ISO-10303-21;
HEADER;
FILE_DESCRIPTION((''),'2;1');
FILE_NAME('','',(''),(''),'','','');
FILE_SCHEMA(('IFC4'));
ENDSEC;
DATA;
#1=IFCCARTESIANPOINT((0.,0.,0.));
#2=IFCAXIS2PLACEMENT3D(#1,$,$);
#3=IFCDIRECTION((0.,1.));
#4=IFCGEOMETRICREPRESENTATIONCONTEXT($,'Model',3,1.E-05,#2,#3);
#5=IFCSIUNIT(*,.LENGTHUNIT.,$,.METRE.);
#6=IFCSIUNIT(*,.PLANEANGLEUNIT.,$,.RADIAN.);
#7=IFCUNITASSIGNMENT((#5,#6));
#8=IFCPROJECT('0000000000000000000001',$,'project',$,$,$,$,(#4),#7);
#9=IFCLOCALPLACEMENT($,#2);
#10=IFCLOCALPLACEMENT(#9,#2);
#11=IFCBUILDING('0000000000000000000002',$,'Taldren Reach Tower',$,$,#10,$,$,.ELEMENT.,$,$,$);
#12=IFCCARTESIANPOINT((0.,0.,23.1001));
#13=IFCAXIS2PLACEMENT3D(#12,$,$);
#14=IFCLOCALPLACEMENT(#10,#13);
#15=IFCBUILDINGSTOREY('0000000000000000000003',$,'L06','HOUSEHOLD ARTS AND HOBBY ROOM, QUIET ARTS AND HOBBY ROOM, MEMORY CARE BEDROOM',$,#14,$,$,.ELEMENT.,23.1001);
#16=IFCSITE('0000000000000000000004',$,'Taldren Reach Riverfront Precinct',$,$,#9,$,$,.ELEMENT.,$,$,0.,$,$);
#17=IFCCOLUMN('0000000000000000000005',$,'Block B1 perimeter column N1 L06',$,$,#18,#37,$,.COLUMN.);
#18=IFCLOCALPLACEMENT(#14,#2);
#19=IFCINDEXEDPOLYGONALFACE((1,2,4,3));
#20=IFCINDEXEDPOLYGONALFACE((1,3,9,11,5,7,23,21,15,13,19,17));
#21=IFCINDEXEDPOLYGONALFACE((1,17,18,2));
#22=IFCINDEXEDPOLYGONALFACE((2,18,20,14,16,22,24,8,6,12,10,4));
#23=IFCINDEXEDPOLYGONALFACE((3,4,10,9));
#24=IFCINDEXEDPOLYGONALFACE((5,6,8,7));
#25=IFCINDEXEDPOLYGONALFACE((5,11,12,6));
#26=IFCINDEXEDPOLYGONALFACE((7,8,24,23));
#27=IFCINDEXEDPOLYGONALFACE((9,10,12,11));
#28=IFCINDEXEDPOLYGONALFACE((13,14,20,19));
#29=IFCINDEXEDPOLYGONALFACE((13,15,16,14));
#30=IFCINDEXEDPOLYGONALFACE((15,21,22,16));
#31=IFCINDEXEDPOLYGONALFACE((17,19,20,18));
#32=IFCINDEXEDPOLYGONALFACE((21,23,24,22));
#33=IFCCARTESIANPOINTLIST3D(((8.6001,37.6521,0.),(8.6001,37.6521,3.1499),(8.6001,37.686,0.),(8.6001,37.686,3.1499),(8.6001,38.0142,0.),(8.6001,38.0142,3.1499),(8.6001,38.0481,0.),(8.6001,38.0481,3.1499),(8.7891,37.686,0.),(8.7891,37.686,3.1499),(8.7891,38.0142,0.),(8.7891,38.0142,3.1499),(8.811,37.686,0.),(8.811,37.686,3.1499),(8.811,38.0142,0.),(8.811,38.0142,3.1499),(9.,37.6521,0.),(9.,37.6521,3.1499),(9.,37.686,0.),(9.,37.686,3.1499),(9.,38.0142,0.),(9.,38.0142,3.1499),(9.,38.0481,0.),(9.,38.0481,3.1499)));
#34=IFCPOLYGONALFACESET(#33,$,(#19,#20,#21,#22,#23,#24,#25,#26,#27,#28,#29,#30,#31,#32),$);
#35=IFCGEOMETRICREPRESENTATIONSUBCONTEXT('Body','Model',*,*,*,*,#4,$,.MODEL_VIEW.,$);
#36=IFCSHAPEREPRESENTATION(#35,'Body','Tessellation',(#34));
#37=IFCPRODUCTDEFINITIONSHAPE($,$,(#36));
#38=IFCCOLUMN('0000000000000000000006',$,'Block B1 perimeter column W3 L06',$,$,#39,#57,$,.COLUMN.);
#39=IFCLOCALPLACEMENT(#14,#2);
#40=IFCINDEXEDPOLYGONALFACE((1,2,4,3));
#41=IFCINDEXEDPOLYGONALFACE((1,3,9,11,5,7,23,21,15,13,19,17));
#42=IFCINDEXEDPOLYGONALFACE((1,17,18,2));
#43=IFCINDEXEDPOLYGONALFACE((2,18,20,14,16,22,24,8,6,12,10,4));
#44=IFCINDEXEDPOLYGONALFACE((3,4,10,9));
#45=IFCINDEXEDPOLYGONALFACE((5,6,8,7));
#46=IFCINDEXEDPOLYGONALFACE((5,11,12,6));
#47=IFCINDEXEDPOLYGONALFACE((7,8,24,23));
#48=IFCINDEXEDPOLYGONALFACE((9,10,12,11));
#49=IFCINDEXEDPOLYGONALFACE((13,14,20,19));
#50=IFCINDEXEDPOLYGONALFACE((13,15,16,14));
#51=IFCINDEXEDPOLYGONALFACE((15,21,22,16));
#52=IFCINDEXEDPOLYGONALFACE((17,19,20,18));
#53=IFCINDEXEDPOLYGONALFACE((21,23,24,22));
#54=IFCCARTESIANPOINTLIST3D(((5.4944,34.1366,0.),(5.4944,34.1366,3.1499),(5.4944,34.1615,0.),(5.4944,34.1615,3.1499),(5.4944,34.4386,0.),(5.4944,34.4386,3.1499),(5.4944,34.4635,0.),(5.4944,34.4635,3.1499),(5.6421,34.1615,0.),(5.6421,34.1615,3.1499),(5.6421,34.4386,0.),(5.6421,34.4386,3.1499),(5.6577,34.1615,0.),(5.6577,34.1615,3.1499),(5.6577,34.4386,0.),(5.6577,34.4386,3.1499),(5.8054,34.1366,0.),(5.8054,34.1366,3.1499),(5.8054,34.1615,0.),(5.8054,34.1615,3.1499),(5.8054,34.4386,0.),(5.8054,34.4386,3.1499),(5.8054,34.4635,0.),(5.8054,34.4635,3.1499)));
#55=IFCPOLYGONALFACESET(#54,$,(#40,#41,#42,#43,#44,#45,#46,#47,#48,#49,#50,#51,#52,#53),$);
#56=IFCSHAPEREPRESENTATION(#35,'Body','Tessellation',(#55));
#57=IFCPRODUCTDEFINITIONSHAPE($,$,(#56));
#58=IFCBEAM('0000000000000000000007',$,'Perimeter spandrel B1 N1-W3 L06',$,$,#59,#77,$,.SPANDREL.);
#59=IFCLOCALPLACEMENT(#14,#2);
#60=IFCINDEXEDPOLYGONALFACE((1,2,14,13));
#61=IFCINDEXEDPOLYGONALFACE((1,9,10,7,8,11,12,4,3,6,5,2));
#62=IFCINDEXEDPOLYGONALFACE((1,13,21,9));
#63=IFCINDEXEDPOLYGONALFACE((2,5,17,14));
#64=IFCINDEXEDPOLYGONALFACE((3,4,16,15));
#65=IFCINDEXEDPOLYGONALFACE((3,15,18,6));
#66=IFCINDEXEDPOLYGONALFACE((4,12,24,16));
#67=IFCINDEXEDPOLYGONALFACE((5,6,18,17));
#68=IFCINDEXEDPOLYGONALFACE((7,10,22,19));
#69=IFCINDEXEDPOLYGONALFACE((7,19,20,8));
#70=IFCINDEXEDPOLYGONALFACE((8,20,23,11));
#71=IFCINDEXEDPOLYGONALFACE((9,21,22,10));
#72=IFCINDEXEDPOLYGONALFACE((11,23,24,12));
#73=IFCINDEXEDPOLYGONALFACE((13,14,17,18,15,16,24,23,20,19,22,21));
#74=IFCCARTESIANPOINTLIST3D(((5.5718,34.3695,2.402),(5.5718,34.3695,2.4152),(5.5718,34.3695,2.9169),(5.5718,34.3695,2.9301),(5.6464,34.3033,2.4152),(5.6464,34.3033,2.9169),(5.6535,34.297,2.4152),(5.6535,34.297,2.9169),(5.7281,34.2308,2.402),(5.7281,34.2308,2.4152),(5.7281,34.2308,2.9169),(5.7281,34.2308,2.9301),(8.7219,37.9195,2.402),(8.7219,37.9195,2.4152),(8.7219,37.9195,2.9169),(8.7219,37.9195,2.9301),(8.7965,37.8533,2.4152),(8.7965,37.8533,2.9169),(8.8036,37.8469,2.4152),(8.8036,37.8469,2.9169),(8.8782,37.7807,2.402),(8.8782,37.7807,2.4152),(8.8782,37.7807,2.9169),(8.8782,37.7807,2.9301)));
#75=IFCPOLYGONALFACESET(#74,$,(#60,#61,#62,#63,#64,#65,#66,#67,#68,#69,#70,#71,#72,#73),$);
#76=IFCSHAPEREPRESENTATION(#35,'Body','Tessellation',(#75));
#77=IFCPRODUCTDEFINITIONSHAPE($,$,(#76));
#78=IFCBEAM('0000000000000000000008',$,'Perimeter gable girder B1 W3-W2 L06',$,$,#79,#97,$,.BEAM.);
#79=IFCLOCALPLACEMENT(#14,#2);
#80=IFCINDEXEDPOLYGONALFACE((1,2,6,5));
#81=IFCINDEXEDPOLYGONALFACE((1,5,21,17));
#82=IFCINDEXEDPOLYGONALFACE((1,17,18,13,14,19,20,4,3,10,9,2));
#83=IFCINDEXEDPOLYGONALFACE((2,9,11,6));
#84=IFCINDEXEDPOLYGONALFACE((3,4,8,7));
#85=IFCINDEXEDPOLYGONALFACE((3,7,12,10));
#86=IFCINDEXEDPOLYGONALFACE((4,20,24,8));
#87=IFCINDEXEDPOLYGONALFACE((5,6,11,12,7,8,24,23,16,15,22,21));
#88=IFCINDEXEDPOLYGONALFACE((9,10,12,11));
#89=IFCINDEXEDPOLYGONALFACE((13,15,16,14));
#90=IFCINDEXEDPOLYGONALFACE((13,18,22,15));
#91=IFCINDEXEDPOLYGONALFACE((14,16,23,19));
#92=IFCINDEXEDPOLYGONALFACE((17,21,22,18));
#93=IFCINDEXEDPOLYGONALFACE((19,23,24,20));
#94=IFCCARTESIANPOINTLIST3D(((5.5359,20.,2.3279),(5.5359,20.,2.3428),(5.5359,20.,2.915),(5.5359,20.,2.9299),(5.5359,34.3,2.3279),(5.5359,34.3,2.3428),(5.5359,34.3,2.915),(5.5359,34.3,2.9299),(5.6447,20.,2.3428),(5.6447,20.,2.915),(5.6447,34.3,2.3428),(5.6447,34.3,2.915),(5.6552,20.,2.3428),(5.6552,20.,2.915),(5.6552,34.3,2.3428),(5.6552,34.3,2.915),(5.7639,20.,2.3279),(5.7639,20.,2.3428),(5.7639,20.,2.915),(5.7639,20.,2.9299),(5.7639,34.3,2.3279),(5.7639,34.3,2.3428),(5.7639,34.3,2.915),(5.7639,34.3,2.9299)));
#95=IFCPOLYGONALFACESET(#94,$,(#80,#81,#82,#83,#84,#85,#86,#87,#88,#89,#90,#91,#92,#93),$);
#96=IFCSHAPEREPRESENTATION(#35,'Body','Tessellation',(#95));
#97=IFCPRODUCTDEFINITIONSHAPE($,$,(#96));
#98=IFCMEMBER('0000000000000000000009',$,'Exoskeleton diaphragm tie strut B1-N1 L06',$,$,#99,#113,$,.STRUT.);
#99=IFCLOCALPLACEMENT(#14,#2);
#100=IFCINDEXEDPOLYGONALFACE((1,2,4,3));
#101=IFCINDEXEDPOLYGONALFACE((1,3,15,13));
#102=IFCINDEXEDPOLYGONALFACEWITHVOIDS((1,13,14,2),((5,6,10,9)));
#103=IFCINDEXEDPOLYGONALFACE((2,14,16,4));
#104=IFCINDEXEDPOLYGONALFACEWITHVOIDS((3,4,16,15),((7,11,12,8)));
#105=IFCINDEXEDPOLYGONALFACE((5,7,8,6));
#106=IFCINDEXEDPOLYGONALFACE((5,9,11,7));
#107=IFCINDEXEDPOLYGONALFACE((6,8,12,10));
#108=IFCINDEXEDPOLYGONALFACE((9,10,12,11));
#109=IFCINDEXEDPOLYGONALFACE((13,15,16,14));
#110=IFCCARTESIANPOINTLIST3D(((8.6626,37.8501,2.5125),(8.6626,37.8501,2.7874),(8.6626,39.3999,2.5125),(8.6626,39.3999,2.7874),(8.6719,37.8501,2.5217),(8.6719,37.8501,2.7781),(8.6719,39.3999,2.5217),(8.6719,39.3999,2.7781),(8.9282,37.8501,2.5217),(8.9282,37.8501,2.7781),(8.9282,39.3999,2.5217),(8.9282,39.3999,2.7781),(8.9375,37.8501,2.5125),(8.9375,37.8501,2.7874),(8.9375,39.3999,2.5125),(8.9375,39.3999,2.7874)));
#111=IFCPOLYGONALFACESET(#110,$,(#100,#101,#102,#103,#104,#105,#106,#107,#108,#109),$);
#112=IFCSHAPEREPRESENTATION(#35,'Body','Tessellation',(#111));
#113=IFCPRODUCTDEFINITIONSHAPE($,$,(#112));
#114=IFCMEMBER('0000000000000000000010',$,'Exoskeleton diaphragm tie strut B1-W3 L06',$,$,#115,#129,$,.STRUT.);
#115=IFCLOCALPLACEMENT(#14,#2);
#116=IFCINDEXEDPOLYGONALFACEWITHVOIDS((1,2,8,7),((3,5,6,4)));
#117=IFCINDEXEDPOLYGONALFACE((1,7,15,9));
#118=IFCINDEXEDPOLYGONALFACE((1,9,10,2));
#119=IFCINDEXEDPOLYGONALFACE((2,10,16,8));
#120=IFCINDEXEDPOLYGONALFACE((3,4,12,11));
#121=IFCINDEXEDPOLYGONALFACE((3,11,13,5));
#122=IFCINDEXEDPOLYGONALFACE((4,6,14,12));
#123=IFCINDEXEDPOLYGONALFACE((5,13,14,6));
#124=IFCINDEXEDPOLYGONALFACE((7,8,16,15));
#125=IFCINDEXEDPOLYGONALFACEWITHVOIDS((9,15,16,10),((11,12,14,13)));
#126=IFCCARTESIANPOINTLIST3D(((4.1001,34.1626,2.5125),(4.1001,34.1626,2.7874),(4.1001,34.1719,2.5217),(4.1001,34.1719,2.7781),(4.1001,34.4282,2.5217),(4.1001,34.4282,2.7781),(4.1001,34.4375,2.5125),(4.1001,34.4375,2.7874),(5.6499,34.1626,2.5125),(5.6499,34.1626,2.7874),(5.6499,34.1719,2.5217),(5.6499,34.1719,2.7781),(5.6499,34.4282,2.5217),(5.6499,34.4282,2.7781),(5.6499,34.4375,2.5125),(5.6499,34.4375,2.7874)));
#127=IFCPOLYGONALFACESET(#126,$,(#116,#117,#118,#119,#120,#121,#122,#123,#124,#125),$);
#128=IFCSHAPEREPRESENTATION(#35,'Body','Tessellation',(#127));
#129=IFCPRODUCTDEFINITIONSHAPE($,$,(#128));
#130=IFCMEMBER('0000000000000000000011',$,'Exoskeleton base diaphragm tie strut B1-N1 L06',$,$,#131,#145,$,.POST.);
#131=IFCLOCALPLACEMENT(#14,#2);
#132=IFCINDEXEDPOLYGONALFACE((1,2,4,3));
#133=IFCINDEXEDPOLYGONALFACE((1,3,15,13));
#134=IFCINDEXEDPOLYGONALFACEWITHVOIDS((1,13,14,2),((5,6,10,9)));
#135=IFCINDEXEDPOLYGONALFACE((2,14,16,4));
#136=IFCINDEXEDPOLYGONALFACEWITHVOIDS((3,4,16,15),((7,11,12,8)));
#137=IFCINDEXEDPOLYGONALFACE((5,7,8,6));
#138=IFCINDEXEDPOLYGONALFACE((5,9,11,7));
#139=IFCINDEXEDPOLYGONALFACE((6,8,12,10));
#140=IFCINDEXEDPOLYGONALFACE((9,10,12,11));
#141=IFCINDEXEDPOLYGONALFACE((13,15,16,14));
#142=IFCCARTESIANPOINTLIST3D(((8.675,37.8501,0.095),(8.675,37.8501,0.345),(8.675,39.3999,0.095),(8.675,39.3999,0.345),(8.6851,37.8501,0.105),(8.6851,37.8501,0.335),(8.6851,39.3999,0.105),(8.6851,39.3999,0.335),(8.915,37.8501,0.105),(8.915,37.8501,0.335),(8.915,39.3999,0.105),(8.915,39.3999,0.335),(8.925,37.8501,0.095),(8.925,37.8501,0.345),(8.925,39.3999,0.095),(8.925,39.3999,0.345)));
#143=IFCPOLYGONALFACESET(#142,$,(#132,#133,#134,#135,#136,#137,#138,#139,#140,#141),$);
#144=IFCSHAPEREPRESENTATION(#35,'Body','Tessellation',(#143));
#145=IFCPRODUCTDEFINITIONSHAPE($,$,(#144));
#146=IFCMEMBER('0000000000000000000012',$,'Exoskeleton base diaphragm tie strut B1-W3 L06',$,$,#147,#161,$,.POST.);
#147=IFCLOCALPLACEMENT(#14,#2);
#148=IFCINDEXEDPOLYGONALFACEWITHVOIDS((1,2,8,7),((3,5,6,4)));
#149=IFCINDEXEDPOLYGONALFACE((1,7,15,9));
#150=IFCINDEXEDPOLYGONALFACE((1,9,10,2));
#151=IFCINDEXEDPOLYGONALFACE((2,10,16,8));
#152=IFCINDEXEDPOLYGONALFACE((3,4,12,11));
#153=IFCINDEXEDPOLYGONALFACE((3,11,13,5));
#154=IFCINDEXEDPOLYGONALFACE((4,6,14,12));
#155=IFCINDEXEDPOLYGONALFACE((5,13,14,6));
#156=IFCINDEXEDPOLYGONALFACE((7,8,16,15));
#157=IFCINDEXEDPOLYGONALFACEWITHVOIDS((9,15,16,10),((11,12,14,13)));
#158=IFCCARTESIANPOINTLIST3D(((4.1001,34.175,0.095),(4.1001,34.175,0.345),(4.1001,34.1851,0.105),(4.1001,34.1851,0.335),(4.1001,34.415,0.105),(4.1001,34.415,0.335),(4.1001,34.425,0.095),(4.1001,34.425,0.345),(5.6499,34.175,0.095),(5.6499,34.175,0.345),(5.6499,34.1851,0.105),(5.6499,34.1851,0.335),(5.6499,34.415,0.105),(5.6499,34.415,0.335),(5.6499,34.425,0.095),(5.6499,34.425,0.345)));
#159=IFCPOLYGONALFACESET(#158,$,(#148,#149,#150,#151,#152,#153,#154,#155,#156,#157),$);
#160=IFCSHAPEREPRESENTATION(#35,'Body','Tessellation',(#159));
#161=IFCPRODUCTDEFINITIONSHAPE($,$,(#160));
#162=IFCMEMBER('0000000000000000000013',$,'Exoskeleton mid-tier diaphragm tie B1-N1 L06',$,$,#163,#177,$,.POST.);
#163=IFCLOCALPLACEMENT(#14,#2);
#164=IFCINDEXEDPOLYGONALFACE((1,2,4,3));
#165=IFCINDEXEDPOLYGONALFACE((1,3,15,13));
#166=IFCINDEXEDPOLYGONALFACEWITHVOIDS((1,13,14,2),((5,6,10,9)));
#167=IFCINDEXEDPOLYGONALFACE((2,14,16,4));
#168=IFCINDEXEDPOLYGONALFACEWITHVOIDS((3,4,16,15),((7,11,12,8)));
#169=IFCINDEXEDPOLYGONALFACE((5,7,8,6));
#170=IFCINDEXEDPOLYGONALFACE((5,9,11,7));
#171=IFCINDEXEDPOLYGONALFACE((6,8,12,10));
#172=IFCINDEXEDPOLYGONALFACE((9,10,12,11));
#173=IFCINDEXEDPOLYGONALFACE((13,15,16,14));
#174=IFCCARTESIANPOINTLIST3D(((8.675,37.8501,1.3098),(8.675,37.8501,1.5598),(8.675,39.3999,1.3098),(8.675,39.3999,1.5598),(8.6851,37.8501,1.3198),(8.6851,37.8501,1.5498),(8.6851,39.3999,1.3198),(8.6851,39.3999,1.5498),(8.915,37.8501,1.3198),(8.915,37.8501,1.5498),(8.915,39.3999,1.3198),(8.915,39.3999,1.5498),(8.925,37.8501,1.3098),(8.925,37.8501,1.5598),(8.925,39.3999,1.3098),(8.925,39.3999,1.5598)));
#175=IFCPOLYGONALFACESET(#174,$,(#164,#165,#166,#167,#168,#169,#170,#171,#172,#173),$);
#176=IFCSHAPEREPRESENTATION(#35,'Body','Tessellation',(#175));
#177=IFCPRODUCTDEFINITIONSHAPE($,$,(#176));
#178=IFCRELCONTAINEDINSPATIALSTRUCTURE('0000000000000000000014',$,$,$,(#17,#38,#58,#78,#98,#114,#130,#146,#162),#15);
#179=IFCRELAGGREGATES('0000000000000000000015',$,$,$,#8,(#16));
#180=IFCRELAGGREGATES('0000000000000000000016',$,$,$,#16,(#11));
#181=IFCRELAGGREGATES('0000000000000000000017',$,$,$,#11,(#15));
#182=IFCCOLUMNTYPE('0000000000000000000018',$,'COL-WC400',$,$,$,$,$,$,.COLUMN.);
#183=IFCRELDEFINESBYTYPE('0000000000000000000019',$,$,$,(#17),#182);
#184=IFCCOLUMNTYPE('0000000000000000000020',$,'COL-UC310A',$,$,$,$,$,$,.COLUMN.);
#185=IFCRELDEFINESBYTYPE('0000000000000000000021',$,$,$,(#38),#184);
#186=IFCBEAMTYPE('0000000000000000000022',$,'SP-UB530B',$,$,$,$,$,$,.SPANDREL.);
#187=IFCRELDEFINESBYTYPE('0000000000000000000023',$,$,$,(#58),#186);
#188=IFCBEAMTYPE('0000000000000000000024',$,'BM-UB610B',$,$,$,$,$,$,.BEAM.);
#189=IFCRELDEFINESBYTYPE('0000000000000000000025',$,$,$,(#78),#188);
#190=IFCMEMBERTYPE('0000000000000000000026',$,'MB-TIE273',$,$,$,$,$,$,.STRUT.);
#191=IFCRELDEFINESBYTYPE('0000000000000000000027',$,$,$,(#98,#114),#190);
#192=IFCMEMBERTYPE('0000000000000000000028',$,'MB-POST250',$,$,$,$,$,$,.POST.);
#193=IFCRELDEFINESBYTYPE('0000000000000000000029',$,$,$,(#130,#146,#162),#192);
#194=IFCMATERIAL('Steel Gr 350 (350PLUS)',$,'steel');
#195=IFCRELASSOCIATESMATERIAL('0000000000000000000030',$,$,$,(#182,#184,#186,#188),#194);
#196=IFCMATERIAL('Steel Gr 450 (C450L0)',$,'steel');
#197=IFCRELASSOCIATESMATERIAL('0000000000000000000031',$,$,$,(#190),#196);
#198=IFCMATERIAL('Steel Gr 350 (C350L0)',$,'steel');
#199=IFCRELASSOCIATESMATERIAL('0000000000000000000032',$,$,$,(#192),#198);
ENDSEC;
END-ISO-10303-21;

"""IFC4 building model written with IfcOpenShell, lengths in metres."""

from ifc_helpers import new_model, si_unit, direction, frame, origin, origin_2d, place, context, subcontext, project, spatial, hollow_rectangle, i_section, extrude, source, transform, mapped, material, material_profile, profile_set, type_object, element, save


model = new_model("IFC4")

# Units and contexts
model_context = context("Model", 3, precision=1e-05, world=origin(), true_north=direction((0.0, 1.0)))
body_context = subcontext(model_context, "Body", "Model", "MODEL_VIEW")
ifc_project = project(units=[si_unit("LENGTHUNIT", "METRE"), si_unit("PLANEANGLEUNIT", "RADIAN")], contexts=[model_context])

# Site, building, storey
site_placement = place(None, origin())
site = spatial("IfcSite", under=ifc_project, at=site_placement, Name="Taldren Reach Riverfront Precinct", CompositionType="ELEMENT", RefElevation=0.0)
building_placement = place(site_placement, origin())
building = spatial("IfcBuilding", under=site, at=building_placement, Name="Taldren Reach Tower", CompositionType="ELEMENT")
storey_placement = place(building_placement, frame((0.0, 0.0, 23.1001)))
storey = spatial("IfcBuildingStorey", under=building, at=storey_placement, Name="L06", Description="HOUSEHOLD ARTS AND HOBBY ROOM, QUIET ARTS AND HOBBY ROOM, MEMORY CARE BEDROOM", CompositionType="ELEMENT", Elevation=23.1001)

# Columns
ifc_material_1 = material(Name="Steel Gr 350 (350PLUS)", Category="steel")
ifc_material_profile_1 = material_profile(ifc_material_1, i_section(OverallWidth=0.3999, OverallDepth=0.396, WebThickness=0.022, FlangeThickness=0.0339, at=origin_2d()), Name="400WC270")
ifc_profile_set_1 = profile_set([ifc_material_profile_1], Name="Steel Gr 350 (350PLUS)")
column_type_1 = type_object("IfcColumnType", Name="COL-WC400", PredefinedType="COLUMN", material=ifc_profile_set_1)
shared_shape_1 = source(origin(), body_context, "Body", "SweptSolid", [
    extrude(i_section(OverallWidth=0.3999, OverallDepth=0.396, WebThickness=0.022, FlangeThickness=0.0339, at=origin_2d()), origin(), (0.0, 0.0, 1.0), 3.1499),
])
column_1_placement = place(storey_placement, frame((8.8, 37.8501, 0.0), z_axis=(0.0, 0.0, 1.0), x_axis=(1.0, 0.0, 0.0)))
element("IfcColumn", 1, at=column_1_placement, inside=storey, type_object=column_type_1, Name="Block B1 perimeter column N1 L06", PredefinedType="COLUMN", context=body_context, shape_type="MappedRepresentation", body=[
    mapped(shared_shape_1, transform((0.0, 0.0, 0.0), scale=1.0)),
])
ifc_material_profile_2 = material_profile(ifc_material_1, i_section(OverallWidth=0.311, OverallDepth=0.3269, WebThickness=0.0156, FlangeThickness=0.0249, at=origin_2d()), Name="310UC158")
ifc_profile_set_2 = profile_set([ifc_material_profile_2], Name="Steel Gr 350 (350PLUS)")
column_type_2 = type_object("IfcColumnType", Name="COL-UC310A", PredefinedType="COLUMN", material=ifc_profile_set_2)
shared_shape_2 = source(origin(), body_context, "Body", "SweptSolid", [
    extrude(i_section(OverallWidth=0.311, OverallDepth=0.3269, WebThickness=0.0156, FlangeThickness=0.0249, at=origin_2d()), origin(), (0.0, 0.0, 1.0), 3.1499),
])
column_2_placement = place(storey_placement, frame((5.6499, 34.3, 0.0), z_axis=(0.0, 0.0, 1.0), x_axis=(1.0, 0.0, 0.0)))
element("IfcColumn", 2, at=column_2_placement, inside=storey, type_object=column_type_2, Name="Block B1 perimeter column W3 L06", PredefinedType="COLUMN", context=body_context, shape_type="MappedRepresentation", body=[
    mapped(shared_shape_2, transform((0.0, 0.0, 0.0), scale=1.0)),
])

# Beams
ifc_material_profile_3 = material_profile(ifc_material_1, i_section(OverallWidth=0.209, OverallDepth=0.5281, WebThickness=0.0095, FlangeThickness=0.0132, at=origin_2d()), Name="530UB82.0")
ifc_profile_set_3 = profile_set([ifc_material_profile_3], Name="Steel Gr 350 (350PLUS)")
beam_type_1 = type_object("IfcBeamType", Name="SP-UB530B", PredefinedType="SPANDREL", material=ifc_profile_set_3)
shared_shape_3 = source(origin(), body_context, "Body", "SweptSolid", [
    extrude(i_section(OverallWidth=0.209, OverallDepth=0.5281, WebThickness=0.0095, FlangeThickness=0.0132, at=origin_2d()), origin(), (0.0, 0.0, 1.0), 4.7461),
])
beam_1_placement = place(storey_placement, frame((8.8, 37.8501, 2.666), z_axis=(-0.663722, -0.747979, 0.0), x_axis=(0.747979, -0.663722, 0.0)))
element("IfcBeam", 3, at=beam_1_placement, inside=storey, type_object=beam_type_1, Name="Perimeter spandrel B1 N1-W3 L06", PredefinedType="SPANDREL", context=body_context, shape_type="MappedRepresentation", body=[
    mapped(shared_shape_3, transform((0.0, 0.0, 0.0), scale=1.0)),
])
ifc_material_profile_4 = material_profile(ifc_material_1, i_section(OverallWidth=0.228, OverallDepth=0.6021, WebThickness=0.0105, FlangeThickness=0.0149, at=origin_2d()), Name="610UB101")
ifc_profile_set_4 = profile_set([ifc_material_profile_4], Name="Steel Gr 350 (350PLUS)")
beam_type_2 = type_object("IfcBeamType", Name="BM-UB610B", PredefinedType="BEAM", material=ifc_profile_set_4)
shared_shape_4 = source(origin(), body_context, "Body", "SweptSolid", [
    extrude(i_section(OverallWidth=0.228, OverallDepth=0.6021, WebThickness=0.0105, FlangeThickness=0.0149, at=origin_2d()), origin(), (0.0, 0.0, 1.0), 14.3),
])
beam_2_placement = place(storey_placement, frame((5.6499, 34.3, 2.6289), z_axis=(0.0, -1.0, 0.0), x_axis=(1.0, 0.0, 0.0)))
element("IfcBeam", 4, at=beam_2_placement, inside=storey, type_object=beam_type_2, Name="Perimeter gable girder B1 W3-W2 L06", PredefinedType="BEAM", context=body_context, shape_type="MappedRepresentation", body=[
    mapped(shared_shape_4, transform((0.0, 0.0, 0.0), scale=1.0)),
])

# Members
ifc_material_2 = material(Name="Steel Gr 450 (C450L0)", Category="steel")
ifc_material_profile_5 = material_profile(ifc_material_2, hollow_rectangle(XDim=0.2749, YDim=0.2749, WallThickness=0.0093, at=origin_2d()), Name="275x275x9.3SHS")
ifc_profile_set_5 = profile_set([ifc_material_profile_5], Name="Steel Gr 450 (C450L0)")
member_type_1 = type_object("IfcMemberType", Name="MB-TIE273", PredefinedType="STRUT", material=ifc_profile_set_5)
shared_shape_5 = source(origin(), body_context, "Body", "SweptSolid", [
    extrude(hollow_rectangle(XDim=0.2749, YDim=0.2749, WallThickness=0.0093, at=origin_2d()), origin(), (0.0, 0.0, 1.0), 1.5498),
])
for number, where, z_axis, x_axis, name in (
    (5, (8.8, 37.8501, 2.6499), (0.0, 1.0, 0.0), (-1.0, 0.0, 0.0), "Exoskeleton diaphragm tie strut B1-N1 L06"),
    (6, (5.6499, 34.3, 2.6499), (-1.0, 0.0, 0.0), (0.0, -1.0, 0.0), "Exoskeleton diaphragm tie strut B1-W3 L06"),
):
    element("IfcMember", number, at=place(storey_placement, frame(where, z_axis=z_axis, x_axis=x_axis)), inside=storey, type_object=member_type_1, Name=name, PredefinedType="STRUT", context=body_context, shape_type="MappedRepresentation", body=[
        mapped(shared_shape_5, transform((0.0, 0.0, 0.0), scale=1.0)),
    ])
ifc_material_3 = material(Name="Steel Gr 350 (C350L0)", Category="steel")
ifc_material_profile_6 = material_profile(ifc_material_3, hollow_rectangle(XDim=0.25, YDim=0.25, WallThickness=0.01, at=origin_2d()), Name="250x250x10.0SHS")
ifc_profile_set_6 = profile_set([ifc_material_profile_6], Name="Steel Gr 350 (C350L0)")
member_type_2 = type_object("IfcMemberType", Name="MB-POST250", PredefinedType="POST", material=ifc_profile_set_6)
shared_shape_6 = source(origin(), body_context, "Body", "SweptSolid", [
    extrude(hollow_rectangle(XDim=0.25, YDim=0.25, WallThickness=0.01, at=origin_2d()), origin(), (0.0, 0.0, 1.0), 1.5498),
])
for number, where, z_axis, x_axis, name in (
    (7, (8.8, 37.8501, 0.22), (0.0, 1.0, 0.0), (-1.0, 0.0, 0.0), "Exoskeleton base diaphragm tie strut B1-N1 L06"),
    (8, (5.6499, 34.3, 0.22), (-1.0, 0.0, 0.0), (0.0, -1.0, 0.0), "Exoskeleton base diaphragm tie strut B1-W3 L06"),
    (9, (8.8, 37.8501, 1.4348), (0.0, 1.0, 0.0), (-1.0, 0.0, 0.0), "Exoskeleton mid-tier diaphragm tie B1-N1 L06"),
):
    element("IfcMember", number, at=place(storey_placement, frame(where, z_axis=z_axis, x_axis=x_axis)), inside=storey, type_object=member_type_2, Name=name, PredefinedType="POST", context=body_context, shape_type="MappedRepresentation", body=[
        mapped(shared_shape_6, transform((0.0, 0.0, 0.0), scale=1.0)),
    ])

save(model, "model.ifc")
